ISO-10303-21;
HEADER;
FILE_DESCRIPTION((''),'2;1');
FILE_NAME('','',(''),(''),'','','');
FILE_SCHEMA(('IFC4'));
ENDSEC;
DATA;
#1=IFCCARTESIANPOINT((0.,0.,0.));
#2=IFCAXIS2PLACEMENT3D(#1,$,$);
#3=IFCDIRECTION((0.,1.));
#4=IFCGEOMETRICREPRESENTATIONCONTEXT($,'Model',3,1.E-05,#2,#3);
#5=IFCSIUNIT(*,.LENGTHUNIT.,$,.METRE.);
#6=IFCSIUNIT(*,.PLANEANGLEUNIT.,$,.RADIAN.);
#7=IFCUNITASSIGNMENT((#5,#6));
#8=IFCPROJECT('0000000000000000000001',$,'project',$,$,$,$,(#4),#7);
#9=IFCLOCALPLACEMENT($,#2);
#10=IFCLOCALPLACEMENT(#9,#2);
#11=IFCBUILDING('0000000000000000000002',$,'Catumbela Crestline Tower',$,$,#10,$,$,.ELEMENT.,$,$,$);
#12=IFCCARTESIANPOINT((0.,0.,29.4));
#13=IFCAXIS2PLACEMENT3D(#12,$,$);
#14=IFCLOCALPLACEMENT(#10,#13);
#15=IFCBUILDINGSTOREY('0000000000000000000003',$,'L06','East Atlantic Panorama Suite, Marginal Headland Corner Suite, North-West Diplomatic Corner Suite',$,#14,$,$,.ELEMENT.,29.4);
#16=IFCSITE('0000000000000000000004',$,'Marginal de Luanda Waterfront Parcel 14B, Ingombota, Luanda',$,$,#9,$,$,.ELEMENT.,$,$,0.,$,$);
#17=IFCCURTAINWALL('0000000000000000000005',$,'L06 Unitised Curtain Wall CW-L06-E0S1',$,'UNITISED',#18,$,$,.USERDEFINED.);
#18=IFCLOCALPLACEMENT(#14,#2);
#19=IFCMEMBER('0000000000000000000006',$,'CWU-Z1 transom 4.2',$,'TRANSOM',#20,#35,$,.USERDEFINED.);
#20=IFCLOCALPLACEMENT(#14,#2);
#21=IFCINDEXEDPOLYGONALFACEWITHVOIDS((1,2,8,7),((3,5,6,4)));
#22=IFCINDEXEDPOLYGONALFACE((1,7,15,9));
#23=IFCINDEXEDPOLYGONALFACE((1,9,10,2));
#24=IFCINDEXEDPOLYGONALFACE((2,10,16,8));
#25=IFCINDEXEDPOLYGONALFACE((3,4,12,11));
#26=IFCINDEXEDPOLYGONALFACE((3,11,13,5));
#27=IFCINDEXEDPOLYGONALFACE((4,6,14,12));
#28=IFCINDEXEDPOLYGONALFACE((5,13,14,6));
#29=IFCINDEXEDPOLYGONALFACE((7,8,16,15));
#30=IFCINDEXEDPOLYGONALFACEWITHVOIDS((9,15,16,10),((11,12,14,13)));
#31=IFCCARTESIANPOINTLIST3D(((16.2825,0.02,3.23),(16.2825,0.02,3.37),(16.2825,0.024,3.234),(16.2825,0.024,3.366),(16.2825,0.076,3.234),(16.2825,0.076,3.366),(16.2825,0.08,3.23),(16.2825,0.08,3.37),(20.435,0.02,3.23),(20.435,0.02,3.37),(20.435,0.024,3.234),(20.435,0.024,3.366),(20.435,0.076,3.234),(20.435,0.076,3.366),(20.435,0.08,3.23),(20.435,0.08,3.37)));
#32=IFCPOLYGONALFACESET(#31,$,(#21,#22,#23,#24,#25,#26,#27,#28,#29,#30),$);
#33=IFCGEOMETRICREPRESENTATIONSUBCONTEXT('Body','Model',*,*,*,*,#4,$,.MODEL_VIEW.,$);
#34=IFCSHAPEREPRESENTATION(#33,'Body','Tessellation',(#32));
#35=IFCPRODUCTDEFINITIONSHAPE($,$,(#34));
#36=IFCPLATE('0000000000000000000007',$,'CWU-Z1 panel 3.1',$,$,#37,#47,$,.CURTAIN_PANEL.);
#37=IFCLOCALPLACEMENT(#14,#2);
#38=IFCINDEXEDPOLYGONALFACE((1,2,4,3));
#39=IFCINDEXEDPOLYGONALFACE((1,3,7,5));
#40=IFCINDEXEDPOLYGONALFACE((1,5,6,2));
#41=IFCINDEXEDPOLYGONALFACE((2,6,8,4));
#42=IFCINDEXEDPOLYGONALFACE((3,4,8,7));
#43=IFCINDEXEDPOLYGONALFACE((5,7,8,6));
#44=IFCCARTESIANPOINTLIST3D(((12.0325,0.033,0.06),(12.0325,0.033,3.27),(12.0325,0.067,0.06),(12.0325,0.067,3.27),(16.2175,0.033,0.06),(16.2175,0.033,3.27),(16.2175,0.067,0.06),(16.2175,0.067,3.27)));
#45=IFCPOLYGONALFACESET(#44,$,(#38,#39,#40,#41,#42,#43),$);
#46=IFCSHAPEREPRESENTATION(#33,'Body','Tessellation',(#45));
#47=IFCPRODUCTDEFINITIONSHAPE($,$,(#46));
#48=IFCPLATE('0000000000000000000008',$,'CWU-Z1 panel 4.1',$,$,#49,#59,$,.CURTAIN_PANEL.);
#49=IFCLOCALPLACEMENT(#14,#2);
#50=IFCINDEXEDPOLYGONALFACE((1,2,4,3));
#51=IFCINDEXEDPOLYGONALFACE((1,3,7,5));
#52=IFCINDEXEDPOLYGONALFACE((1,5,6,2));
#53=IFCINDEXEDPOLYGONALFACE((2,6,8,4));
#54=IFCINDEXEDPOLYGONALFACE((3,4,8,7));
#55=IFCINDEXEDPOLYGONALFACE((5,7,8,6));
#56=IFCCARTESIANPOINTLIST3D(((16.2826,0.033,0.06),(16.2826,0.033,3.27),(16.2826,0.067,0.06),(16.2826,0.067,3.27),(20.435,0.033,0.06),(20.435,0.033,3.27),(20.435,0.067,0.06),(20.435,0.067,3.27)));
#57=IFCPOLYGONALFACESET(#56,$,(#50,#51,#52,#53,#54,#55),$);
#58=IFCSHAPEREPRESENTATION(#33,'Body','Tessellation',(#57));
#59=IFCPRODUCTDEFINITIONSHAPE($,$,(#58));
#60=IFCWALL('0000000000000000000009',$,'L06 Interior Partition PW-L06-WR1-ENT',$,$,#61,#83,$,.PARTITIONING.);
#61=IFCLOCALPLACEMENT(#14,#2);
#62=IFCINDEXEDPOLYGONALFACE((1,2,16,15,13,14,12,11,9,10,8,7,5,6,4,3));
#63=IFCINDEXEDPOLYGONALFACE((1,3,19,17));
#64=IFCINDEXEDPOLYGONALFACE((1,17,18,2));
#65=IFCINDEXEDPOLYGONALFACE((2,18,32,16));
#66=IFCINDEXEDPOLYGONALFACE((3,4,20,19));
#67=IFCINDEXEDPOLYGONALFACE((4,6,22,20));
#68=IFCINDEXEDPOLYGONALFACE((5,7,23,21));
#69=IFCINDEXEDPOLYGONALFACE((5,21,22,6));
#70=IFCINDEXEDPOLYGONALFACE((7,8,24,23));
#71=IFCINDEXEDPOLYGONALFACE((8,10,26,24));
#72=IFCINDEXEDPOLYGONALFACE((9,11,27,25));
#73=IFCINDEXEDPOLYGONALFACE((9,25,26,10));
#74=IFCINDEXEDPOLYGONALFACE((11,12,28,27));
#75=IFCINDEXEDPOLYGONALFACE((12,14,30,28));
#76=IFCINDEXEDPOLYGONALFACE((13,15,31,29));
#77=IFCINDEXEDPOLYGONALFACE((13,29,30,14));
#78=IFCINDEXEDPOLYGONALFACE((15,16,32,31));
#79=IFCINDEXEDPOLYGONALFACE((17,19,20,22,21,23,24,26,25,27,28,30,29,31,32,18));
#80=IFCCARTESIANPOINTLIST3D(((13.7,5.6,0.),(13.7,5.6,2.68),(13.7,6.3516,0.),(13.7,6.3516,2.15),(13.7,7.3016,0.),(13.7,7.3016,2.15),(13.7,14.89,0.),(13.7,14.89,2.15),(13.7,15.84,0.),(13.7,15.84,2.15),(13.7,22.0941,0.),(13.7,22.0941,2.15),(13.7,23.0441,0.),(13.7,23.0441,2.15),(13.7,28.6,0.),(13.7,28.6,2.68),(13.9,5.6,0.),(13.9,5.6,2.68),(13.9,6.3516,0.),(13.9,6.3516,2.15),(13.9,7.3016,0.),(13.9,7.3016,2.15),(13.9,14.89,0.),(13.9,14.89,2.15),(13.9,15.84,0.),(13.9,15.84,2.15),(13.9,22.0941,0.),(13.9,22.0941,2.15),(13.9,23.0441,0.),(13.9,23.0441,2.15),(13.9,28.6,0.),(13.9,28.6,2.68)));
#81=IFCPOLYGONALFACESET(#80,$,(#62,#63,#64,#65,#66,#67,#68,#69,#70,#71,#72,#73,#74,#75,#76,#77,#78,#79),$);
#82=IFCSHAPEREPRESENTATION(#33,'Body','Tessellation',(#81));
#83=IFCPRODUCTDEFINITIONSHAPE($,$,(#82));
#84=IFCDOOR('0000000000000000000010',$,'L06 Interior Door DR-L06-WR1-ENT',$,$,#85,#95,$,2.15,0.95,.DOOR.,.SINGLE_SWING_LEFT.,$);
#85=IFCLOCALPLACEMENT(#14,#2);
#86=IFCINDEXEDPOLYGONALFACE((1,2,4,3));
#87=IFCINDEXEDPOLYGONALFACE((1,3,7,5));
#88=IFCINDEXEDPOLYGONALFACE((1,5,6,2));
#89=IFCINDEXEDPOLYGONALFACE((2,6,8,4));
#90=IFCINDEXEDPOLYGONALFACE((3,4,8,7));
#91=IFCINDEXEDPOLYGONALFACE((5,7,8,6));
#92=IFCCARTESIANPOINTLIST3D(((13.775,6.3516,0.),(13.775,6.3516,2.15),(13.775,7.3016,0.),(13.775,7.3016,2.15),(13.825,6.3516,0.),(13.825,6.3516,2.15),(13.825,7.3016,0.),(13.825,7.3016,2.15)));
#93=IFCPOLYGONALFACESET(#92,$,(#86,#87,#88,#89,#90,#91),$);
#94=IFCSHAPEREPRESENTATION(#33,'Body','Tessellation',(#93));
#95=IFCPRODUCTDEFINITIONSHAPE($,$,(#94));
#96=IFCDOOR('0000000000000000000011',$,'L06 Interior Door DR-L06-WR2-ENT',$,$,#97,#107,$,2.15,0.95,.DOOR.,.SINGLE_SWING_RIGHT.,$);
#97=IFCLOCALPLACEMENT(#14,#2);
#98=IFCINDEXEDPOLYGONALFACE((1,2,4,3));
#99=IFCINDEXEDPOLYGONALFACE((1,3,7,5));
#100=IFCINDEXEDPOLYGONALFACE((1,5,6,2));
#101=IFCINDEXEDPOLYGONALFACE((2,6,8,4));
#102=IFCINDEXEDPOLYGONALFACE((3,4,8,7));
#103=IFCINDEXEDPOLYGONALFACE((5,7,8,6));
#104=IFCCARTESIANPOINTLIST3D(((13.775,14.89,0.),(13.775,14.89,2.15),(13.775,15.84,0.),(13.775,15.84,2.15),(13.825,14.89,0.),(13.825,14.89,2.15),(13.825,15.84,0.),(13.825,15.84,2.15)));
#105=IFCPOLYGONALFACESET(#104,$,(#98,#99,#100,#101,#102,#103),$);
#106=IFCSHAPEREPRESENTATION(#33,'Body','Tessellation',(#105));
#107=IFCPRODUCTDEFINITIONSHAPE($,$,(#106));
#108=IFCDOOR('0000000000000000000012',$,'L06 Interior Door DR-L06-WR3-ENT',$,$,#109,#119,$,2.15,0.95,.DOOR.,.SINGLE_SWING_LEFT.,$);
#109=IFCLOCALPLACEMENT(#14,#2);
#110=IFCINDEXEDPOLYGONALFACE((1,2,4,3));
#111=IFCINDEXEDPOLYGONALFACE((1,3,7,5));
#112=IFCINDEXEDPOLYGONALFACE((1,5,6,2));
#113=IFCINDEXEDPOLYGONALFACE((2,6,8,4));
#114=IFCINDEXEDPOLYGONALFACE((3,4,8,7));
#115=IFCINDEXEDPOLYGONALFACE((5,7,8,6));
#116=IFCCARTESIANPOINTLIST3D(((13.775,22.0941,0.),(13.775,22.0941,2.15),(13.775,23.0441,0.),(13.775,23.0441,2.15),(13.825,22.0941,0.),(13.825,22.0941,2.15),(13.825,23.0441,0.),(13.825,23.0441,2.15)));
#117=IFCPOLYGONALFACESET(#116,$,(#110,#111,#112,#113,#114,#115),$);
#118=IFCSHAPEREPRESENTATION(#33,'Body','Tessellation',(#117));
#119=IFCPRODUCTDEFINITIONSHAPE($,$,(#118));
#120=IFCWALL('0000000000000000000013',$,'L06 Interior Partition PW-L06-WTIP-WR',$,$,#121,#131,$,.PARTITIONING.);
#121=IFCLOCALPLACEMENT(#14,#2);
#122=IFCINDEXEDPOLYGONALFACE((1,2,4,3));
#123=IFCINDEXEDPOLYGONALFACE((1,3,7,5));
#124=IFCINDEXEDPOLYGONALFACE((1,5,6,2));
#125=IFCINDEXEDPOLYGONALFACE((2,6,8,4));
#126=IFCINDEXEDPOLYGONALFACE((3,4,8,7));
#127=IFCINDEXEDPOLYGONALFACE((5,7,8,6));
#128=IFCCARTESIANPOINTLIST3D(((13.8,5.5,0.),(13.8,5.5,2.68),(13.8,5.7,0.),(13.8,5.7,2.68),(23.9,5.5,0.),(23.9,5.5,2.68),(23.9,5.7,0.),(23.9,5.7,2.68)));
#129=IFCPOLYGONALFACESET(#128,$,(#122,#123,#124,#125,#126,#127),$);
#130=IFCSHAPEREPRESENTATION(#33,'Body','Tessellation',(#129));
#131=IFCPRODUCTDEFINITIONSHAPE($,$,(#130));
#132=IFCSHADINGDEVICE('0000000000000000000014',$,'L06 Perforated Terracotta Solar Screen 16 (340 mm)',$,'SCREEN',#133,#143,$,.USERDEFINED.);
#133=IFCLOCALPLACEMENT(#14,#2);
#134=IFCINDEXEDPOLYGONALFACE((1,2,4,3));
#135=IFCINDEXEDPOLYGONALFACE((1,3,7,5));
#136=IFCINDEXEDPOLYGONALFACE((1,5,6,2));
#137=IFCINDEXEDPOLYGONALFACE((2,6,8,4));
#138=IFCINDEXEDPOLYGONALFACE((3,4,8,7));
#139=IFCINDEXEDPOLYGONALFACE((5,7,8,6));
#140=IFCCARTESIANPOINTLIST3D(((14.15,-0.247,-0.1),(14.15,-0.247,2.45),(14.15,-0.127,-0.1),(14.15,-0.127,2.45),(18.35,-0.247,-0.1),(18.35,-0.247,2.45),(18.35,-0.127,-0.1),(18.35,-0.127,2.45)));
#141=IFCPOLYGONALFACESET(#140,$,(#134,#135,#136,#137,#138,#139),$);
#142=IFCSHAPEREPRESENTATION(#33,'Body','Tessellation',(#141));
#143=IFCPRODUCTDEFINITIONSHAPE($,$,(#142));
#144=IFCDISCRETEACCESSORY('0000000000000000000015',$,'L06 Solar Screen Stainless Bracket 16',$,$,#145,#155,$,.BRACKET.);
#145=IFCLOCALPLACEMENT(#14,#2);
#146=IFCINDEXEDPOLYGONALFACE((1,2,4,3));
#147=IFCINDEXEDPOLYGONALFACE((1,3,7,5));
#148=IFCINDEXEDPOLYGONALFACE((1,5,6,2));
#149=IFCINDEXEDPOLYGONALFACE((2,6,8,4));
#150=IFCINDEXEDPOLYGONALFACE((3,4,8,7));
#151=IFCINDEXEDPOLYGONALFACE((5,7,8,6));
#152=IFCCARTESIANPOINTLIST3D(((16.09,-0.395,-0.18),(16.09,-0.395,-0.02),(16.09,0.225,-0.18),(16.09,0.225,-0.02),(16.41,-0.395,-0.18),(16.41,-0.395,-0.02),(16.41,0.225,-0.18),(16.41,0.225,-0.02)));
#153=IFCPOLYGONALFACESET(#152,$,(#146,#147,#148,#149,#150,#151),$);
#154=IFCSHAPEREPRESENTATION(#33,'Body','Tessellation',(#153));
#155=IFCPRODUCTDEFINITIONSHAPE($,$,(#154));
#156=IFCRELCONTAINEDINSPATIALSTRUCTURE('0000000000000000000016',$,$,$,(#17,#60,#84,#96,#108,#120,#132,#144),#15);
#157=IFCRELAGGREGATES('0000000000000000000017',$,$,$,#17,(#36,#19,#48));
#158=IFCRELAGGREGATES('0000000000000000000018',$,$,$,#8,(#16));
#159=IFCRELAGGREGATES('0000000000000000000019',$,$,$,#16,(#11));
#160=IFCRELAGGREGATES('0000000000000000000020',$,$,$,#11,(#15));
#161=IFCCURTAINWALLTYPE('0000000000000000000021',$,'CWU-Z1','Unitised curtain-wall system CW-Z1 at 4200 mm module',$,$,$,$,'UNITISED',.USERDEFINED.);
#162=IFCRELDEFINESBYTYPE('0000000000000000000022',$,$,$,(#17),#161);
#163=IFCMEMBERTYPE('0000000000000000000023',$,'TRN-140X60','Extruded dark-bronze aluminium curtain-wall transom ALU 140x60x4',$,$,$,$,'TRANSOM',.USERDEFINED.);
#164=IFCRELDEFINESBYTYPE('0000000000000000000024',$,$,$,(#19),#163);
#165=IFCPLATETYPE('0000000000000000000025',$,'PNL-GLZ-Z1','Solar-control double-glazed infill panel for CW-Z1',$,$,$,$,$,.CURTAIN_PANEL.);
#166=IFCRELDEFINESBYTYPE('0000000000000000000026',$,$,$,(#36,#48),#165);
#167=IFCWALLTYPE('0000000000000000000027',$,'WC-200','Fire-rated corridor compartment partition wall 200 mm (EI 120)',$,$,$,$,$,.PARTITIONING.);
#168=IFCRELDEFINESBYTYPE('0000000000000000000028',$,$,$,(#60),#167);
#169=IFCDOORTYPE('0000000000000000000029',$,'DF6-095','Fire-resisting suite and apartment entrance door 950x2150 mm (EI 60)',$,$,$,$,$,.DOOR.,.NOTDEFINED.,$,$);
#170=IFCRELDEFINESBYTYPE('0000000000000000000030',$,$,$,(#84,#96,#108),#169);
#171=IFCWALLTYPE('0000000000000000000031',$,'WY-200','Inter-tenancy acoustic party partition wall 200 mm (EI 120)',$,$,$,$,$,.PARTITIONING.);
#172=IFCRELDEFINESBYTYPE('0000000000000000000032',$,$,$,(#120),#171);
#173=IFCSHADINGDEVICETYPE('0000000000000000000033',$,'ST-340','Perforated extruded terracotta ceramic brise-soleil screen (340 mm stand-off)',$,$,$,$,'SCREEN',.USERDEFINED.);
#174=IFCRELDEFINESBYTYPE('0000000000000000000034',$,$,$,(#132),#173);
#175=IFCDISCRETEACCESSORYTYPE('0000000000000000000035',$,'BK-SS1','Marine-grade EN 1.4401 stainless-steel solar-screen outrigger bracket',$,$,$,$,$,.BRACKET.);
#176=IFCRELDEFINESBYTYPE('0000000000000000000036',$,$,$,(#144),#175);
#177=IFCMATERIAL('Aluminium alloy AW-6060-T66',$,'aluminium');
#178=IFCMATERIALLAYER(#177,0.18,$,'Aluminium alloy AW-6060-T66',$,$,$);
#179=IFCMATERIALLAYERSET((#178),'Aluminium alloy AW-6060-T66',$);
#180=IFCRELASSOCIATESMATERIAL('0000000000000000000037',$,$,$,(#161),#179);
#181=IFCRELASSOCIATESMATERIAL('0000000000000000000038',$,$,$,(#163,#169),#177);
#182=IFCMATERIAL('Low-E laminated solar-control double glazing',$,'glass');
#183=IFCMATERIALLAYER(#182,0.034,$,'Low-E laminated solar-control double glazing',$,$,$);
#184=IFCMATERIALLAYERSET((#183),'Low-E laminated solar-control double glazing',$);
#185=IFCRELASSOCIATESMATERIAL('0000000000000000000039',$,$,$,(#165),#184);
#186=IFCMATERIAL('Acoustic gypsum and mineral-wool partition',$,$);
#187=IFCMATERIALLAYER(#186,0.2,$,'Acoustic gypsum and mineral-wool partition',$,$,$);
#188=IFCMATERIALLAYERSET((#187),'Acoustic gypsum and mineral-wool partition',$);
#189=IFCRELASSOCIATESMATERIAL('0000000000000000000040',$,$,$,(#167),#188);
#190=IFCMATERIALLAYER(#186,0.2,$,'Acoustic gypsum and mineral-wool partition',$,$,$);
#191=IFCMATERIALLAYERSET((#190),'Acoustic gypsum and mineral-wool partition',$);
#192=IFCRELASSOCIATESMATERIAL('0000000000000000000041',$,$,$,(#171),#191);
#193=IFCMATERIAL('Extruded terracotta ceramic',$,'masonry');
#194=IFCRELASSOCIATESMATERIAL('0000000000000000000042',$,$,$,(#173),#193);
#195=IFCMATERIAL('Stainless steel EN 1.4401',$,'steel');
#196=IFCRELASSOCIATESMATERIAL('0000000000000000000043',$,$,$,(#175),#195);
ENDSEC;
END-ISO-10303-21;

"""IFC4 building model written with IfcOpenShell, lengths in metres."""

from ifc_helpers import new_model, si_unit, direction, frame, frame_2d, origin, origin_2d, place, context, subcontext, project, spatial, rectangle, hollow_rectangle, extrude, material, layer, layer_set, material_profile, profile_set, type_object, element, fill, aggregate, save


model = new_model("IFC4")

# Units and contexts
model_context = context("Model", 3, precision=1e-05, world=origin(), true_north=direction((0.0, 1.0)))
body_context = subcontext(model_context, "Body", "Model", "MODEL_VIEW")
ifc_project = project(units=[si_unit("LENGTHUNIT", "METRE"), si_unit("PLANEANGLEUNIT", "RADIAN")], contexts=[model_context])

# Site, building, storey
site_placement = place(None, origin())
site = spatial("IfcSite", under=ifc_project, at=site_placement, Name="Marginal de Luanda Waterfront Parcel 14B, Ingombota, Luanda", CompositionType="ELEMENT", RefElevation=0.0)
building_placement = place(site_placement, origin())
building = spatial("IfcBuilding", under=site, at=building_placement, Name="Catumbela Crestline Tower", CompositionType="ELEMENT")
storey_placement = place(building_placement, frame((0.0, 0.0, 29.4)))
storey = spatial("IfcBuildingStorey", under=building, at=storey_placement, Name="L06", Description="East Atlantic Panorama Suite, Marginal Headland Corner Suite, North-West Diplomatic Corner Suite", CompositionType="ELEMENT", Elevation=29.4)

# Curtain wall, member, plates
ifc_material_1 = material(Name="Aluminium alloy AW-6060-T66", Category="aluminium")
ifc_layer_1 = layer(ifc_material_1, 0.18, Name="Aluminium alloy AW-6060-T66")
ifc_layer_set_1 = layer_set([ifc_layer_1], Name="Aluminium alloy AW-6060-T66")
curtain_wall_type = type_object("IfcCurtainWallType", Name="CWU-Z1", Description="Unitised curtain-wall system CW-Z1 at 4200 mm module", ElementType="UNITISED", PredefinedType="USERDEFINED", material=ifc_layer_set_1)
curtain_wall_placement = place(storey_placement, origin())
curtain_wall = element("IfcCurtainWall", 1, at=curtain_wall_placement, inside=storey, type_object=curtain_wall_type, Name="L06 Unitised Curtain Wall CW-L06-E0S1", ObjectType="UNITISED", PredefinedType="USERDEFINED")
ifc_material_profile_1 = material_profile(ifc_material_1, hollow_rectangle(XDim=0.06, YDim=0.14, WallThickness=0.004, at=origin_2d()), Name="ALU 140x60x4")
ifc_profile_set_1 = profile_set([ifc_material_profile_1], Name="Aluminium alloy AW-6060-T66")
member_type_1 = type_object("IfcMemberType", Name="TRN-140X60", Description="Extruded dark-bronze aluminium curtain-wall transom ALU 140x60x4", ElementType="TRANSOM", PredefinedType="USERDEFINED", material=ifc_profile_set_1)
member_1_placement = place(storey_placement, frame((16.2825, 0.05, 3.3), z_axis=(1.0, 0.0, 0.0), x_axis=(0.0, 1.0, 0.0)))
member_1 = element("IfcMember", 2, at=member_1_placement, type_object=member_type_1, Name="CWU-Z1 transom 4.2", ObjectType="TRANSOM", PredefinedType="USERDEFINED", context=body_context, shape_type="SweptSolid", body=[
    extrude(hollow_rectangle(XDim=0.06, YDim=0.14, WallThickness=0.004, at=origin_2d()), origin(), (0.0, 0.0, 1.0), 4.1525),
])
ifc_material_2 = material(Name="Low-E laminated solar-control double glazing", Category="glass")
ifc_layer_2 = layer(ifc_material_2, 0.034, Name="Low-E laminated solar-control double glazing")
ifc_layer_set_2 = layer_set([ifc_layer_2], Name="Low-E laminated solar-control double glazing")
plate_type = type_object("IfcPlateType", Name="PNL-GLZ-Z1", Description="Solar-control double-glazed infill panel for CW-Z1", PredefinedType="CURTAIN_PANEL", material=ifc_layer_set_2)
plate_1_placement = place(storey_placement, frame((14.125, 0.05, 0.06), z_axis=(0.0, 0.0, 1.0), x_axis=(1.0, 0.0, 0.0)))
plate_1 = element("IfcPlate", 3, at=plate_1_placement, type_object=plate_type, Name="CWU-Z1 panel 3.1", PredefinedType="CURTAIN_PANEL", context=body_context, shape_type="SweptSolid", body=[
    extrude(rectangle(XDim=4.185, YDim=0.034, at=origin_2d()), origin(), (0.0, 0.0, 1.0), 3.21),
])
plate_2_placement = place(storey_placement, frame((18.3588, 0.05, 0.06), z_axis=(0.0, 0.0, 1.0), x_axis=(1.0, 0.0, 0.0)))
plate_2 = element("IfcPlate", 4, at=plate_2_placement, type_object=plate_type, Name="CWU-Z1 panel 4.1", PredefinedType="CURTAIN_PANEL", context=body_context, shape_type="SweptSolid", body=[
    extrude(rectangle(XDim=4.1525, YDim=0.034, at=origin_2d()), origin(), (0.0, 0.0, 1.0), 3.21),
])
aggregate(curtain_wall, [plate_1, member_1, plate_2])

# Wall, openings, doors
ifc_material_3 = material(Name="Acoustic gypsum and mineral-wool partition")
ifc_layer_3 = layer(ifc_material_3, 0.2, Name="Acoustic gypsum and mineral-wool partition")
ifc_layer_set_3 = layer_set([ifc_layer_3], Name="Acoustic gypsum and mineral-wool partition")
wall_type_1 = type_object("IfcWallType", Name="WC-200", Description="Fire-rated corridor compartment partition wall 200 mm (EI 120)", PredefinedType="PARTITIONING", material=ifc_layer_set_3)
wall_1_placement = place(storey_placement, frame((13.8, 5.6, 0.0), z_axis=(0.0, 0.0, 1.0), x_axis=(0.0, 1.0, 0.0)))
wall_1 = element("IfcWall", 5, at=wall_1_placement, inside=storey, type_object=wall_type_1, Name="L06 Interior Partition PW-L06-WR1-ENT", PredefinedType="PARTITIONING", context=body_context, shape_type="SweptSolid", body=[
    extrude(rectangle(XDim=23.0, YDim=0.2, at=frame_2d((11.5, 0.0))), origin(), (0.0, 0.0, 1.0), 2.68),
])
opening_1_placement = place(wall_1_placement, frame((0.7516, 0.0, 0.0)))
opening_1 = element("IfcOpeningElement", 6, at=opening_1_placement, cuts=wall_1, PredefinedType="OPENING", context=body_context, shape_type="SweptSolid", body=[
    extrude(rectangle(XDim=0.95, YDim=2.15, at=frame_2d((0.475, 1.075))), frame((0.0, 0.11, 0.0), z_axis=(0.0, -1.0, 0.0), x_axis=(1.0, 0.0, 0.0)), (0.0, 0.0, 1.0), 0.22),
])
opening_2_placement = place(wall_1_placement, frame((9.29, 0.0, 0.0)))
opening_2 = element("IfcOpeningElement", 7, at=opening_2_placement, cuts=wall_1, PredefinedType="OPENING", context=body_context, shape_type="SweptSolid", body=[
    extrude(rectangle(XDim=0.95, YDim=2.15, at=frame_2d((0.475, 1.075))), frame((0.0, 0.11, 0.0), z_axis=(0.0, -1.0, 0.0), x_axis=(1.0, 0.0, 0.0)), (0.0, 0.0, 1.0), 0.22),
])
opening_3_placement = place(wall_1_placement, frame((16.4941, 0.0, 0.0)))
opening_3 = element("IfcOpeningElement", 8, at=opening_3_placement, cuts=wall_1, PredefinedType="OPENING", context=body_context, shape_type="SweptSolid", body=[
    extrude(rectangle(XDim=0.95, YDim=2.15, at=frame_2d((0.475, 1.075))), frame((0.0, 0.11, 0.0), z_axis=(0.0, -1.0, 0.0), x_axis=(1.0, 0.0, 0.0)), (0.0, 0.0, 1.0), 0.22),
])
door_type = type_object("IfcDoorType", Name="DF6-095", Description="Fire-resisting suite and apartment entrance door 950x2150 mm (EI 60)", OperationType="NOTDEFINED", PredefinedType="DOOR", material=ifc_material_1)
door_1_placement = place(opening_1_placement, origin())
door_1 = element("IfcDoor", 9, at=door_1_placement, inside=storey, type_object=door_type, Name="L06 Interior Door DR-L06-WR1-ENT", OperationType="SINGLE_SWING_LEFT", OverallHeight=2.15, OverallWidth=0.95, PredefinedType="DOOR", context=body_context, shape_type="SweptSolid", body=[
    extrude(rectangle(XDim=0.95, YDim=2.15, at=frame_2d((0.475, 1.075))), frame((0.0, 0.025, 0.0), z_axis=(0.0, -1.0, 0.0), x_axis=(1.0, 0.0, 0.0)), (0.0, 0.0, 1.0), 0.05),
])
fill(opening_1, door_1)
door_2_placement = place(opening_2_placement, origin())
door_2 = element("IfcDoor", 10, at=door_2_placement, inside=storey, type_object=door_type, Name="L06 Interior Door DR-L06-WR2-ENT", OperationType="SINGLE_SWING_RIGHT", OverallHeight=2.15, OverallWidth=0.95, PredefinedType="DOOR", context=body_context, shape_type="SweptSolid", body=[
    extrude(rectangle(XDim=0.95, YDim=2.15, at=frame_2d((0.475, 1.075))), frame((0.0, 0.025, 0.0), z_axis=(0.0, -1.0, 0.0), x_axis=(1.0, 0.0, 0.0)), (0.0, 0.0, 1.0), 0.05),
])
fill(opening_2, door_2)
door_3_placement = place(opening_3_placement, origin())
door_3 = element("IfcDoor", 11, at=door_3_placement, inside=storey, type_object=door_type, Name="L06 Interior Door DR-L06-WR3-ENT", OperationType="SINGLE_SWING_LEFT", OverallHeight=2.15, OverallWidth=0.95, PredefinedType="DOOR", context=body_context, shape_type="SweptSolid", body=[
    extrude(rectangle(XDim=0.95, YDim=2.15, at=frame_2d((0.475, 1.075))), frame((0.0, 0.025, 0.0), z_axis=(0.0, -1.0, 0.0), x_axis=(1.0, 0.0, 0.0)), (0.0, 0.0, 1.0), 0.05),
])
fill(opening_3, door_3)

# Wall
ifc_layer_4 = layer(ifc_material_3, 0.2, Name="Acoustic gypsum and mineral-wool partition")
ifc_layer_set_4 = layer_set([ifc_layer_4], Name="Acoustic gypsum and mineral-wool partition")
wall_type_2 = type_object("IfcWallType", Name="WY-200", Description="Inter-tenancy acoustic party partition wall 200 mm (EI 120)", PredefinedType="PARTITIONING", material=ifc_layer_set_4)
wall_2_placement = place(storey_placement, frame((13.8, 5.6, 0.0), z_axis=(0.0, 0.0, 1.0), x_axis=(1.0, 0.0, 0.0)))
element("IfcWall", 12, at=wall_2_placement, inside=storey, type_object=wall_type_2, Name="L06 Interior Partition PW-L06-WTIP-WR", PredefinedType="PARTITIONING", context=body_context, shape_type="SweptSolid", body=[
    extrude(rectangle(XDim=10.1, YDim=0.2, at=frame_2d((5.05, 0.0))), origin(), (0.0, 0.0, 1.0), 2.68),
])

# Shading device
ifc_material_4 = material(Name="Extruded terracotta ceramic", Category="masonry")
shading_device_type = type_object("IfcShadingDeviceType", Name="ST-340", Description="Perforated extruded terracotta ceramic brise-soleil screen (340 mm stand-off)", ElementType="SCREEN", PredefinedType="USERDEFINED", material=ifc_material_4)
shading_device_placement = place(storey_placement, frame((16.25, -0.187, -0.1), z_axis=(0.0, 0.0, 1.0), x_axis=(1.0, 0.0, 0.0)))
element("IfcShadingDevice", 13, at=shading_device_placement, inside=storey, type_object=shading_device_type, Name="L06 Perforated Terracotta Solar Screen 16 (340 mm)", ObjectType="SCREEN", PredefinedType="USERDEFINED", context=body_context, shape_type="SweptSolid", body=[
    extrude(rectangle(XDim=4.2, YDim=0.12, at=origin_2d()), origin(), (0.0, 0.0, 1.0), 2.55),
])

# Discrete accessory
ifc_material_5 = material(Name="Stainless steel EN 1.4401", Category="steel")
discrete_accessory_type = type_object("IfcDiscreteAccessoryType", Name="BK-SS1", Description="Marine-grade EN 1.4401 stainless-steel solar-screen outrigger bracket", PredefinedType="BRACKET", material=ifc_material_5)
discrete_accessory_placement = place(storey_placement, frame((16.25, -0.085, -0.18), z_axis=(0.0, 0.0, 1.0), x_axis=(1.0, 0.0, 0.0)))
element("IfcDiscreteAccessory", 14, at=discrete_accessory_placement, inside=storey, type_object=discrete_accessory_type, Name="L06 Solar Screen Stainless Bracket 16", PredefinedType="BRACKET", context=body_context, shape_type="SweptSolid", body=[
    extrude(rectangle(XDim=0.32, YDim=0.62, at=origin_2d()), origin(), (0.0, 0.0, 1.0), 0.16),
])

save(model, "model.ifc")
